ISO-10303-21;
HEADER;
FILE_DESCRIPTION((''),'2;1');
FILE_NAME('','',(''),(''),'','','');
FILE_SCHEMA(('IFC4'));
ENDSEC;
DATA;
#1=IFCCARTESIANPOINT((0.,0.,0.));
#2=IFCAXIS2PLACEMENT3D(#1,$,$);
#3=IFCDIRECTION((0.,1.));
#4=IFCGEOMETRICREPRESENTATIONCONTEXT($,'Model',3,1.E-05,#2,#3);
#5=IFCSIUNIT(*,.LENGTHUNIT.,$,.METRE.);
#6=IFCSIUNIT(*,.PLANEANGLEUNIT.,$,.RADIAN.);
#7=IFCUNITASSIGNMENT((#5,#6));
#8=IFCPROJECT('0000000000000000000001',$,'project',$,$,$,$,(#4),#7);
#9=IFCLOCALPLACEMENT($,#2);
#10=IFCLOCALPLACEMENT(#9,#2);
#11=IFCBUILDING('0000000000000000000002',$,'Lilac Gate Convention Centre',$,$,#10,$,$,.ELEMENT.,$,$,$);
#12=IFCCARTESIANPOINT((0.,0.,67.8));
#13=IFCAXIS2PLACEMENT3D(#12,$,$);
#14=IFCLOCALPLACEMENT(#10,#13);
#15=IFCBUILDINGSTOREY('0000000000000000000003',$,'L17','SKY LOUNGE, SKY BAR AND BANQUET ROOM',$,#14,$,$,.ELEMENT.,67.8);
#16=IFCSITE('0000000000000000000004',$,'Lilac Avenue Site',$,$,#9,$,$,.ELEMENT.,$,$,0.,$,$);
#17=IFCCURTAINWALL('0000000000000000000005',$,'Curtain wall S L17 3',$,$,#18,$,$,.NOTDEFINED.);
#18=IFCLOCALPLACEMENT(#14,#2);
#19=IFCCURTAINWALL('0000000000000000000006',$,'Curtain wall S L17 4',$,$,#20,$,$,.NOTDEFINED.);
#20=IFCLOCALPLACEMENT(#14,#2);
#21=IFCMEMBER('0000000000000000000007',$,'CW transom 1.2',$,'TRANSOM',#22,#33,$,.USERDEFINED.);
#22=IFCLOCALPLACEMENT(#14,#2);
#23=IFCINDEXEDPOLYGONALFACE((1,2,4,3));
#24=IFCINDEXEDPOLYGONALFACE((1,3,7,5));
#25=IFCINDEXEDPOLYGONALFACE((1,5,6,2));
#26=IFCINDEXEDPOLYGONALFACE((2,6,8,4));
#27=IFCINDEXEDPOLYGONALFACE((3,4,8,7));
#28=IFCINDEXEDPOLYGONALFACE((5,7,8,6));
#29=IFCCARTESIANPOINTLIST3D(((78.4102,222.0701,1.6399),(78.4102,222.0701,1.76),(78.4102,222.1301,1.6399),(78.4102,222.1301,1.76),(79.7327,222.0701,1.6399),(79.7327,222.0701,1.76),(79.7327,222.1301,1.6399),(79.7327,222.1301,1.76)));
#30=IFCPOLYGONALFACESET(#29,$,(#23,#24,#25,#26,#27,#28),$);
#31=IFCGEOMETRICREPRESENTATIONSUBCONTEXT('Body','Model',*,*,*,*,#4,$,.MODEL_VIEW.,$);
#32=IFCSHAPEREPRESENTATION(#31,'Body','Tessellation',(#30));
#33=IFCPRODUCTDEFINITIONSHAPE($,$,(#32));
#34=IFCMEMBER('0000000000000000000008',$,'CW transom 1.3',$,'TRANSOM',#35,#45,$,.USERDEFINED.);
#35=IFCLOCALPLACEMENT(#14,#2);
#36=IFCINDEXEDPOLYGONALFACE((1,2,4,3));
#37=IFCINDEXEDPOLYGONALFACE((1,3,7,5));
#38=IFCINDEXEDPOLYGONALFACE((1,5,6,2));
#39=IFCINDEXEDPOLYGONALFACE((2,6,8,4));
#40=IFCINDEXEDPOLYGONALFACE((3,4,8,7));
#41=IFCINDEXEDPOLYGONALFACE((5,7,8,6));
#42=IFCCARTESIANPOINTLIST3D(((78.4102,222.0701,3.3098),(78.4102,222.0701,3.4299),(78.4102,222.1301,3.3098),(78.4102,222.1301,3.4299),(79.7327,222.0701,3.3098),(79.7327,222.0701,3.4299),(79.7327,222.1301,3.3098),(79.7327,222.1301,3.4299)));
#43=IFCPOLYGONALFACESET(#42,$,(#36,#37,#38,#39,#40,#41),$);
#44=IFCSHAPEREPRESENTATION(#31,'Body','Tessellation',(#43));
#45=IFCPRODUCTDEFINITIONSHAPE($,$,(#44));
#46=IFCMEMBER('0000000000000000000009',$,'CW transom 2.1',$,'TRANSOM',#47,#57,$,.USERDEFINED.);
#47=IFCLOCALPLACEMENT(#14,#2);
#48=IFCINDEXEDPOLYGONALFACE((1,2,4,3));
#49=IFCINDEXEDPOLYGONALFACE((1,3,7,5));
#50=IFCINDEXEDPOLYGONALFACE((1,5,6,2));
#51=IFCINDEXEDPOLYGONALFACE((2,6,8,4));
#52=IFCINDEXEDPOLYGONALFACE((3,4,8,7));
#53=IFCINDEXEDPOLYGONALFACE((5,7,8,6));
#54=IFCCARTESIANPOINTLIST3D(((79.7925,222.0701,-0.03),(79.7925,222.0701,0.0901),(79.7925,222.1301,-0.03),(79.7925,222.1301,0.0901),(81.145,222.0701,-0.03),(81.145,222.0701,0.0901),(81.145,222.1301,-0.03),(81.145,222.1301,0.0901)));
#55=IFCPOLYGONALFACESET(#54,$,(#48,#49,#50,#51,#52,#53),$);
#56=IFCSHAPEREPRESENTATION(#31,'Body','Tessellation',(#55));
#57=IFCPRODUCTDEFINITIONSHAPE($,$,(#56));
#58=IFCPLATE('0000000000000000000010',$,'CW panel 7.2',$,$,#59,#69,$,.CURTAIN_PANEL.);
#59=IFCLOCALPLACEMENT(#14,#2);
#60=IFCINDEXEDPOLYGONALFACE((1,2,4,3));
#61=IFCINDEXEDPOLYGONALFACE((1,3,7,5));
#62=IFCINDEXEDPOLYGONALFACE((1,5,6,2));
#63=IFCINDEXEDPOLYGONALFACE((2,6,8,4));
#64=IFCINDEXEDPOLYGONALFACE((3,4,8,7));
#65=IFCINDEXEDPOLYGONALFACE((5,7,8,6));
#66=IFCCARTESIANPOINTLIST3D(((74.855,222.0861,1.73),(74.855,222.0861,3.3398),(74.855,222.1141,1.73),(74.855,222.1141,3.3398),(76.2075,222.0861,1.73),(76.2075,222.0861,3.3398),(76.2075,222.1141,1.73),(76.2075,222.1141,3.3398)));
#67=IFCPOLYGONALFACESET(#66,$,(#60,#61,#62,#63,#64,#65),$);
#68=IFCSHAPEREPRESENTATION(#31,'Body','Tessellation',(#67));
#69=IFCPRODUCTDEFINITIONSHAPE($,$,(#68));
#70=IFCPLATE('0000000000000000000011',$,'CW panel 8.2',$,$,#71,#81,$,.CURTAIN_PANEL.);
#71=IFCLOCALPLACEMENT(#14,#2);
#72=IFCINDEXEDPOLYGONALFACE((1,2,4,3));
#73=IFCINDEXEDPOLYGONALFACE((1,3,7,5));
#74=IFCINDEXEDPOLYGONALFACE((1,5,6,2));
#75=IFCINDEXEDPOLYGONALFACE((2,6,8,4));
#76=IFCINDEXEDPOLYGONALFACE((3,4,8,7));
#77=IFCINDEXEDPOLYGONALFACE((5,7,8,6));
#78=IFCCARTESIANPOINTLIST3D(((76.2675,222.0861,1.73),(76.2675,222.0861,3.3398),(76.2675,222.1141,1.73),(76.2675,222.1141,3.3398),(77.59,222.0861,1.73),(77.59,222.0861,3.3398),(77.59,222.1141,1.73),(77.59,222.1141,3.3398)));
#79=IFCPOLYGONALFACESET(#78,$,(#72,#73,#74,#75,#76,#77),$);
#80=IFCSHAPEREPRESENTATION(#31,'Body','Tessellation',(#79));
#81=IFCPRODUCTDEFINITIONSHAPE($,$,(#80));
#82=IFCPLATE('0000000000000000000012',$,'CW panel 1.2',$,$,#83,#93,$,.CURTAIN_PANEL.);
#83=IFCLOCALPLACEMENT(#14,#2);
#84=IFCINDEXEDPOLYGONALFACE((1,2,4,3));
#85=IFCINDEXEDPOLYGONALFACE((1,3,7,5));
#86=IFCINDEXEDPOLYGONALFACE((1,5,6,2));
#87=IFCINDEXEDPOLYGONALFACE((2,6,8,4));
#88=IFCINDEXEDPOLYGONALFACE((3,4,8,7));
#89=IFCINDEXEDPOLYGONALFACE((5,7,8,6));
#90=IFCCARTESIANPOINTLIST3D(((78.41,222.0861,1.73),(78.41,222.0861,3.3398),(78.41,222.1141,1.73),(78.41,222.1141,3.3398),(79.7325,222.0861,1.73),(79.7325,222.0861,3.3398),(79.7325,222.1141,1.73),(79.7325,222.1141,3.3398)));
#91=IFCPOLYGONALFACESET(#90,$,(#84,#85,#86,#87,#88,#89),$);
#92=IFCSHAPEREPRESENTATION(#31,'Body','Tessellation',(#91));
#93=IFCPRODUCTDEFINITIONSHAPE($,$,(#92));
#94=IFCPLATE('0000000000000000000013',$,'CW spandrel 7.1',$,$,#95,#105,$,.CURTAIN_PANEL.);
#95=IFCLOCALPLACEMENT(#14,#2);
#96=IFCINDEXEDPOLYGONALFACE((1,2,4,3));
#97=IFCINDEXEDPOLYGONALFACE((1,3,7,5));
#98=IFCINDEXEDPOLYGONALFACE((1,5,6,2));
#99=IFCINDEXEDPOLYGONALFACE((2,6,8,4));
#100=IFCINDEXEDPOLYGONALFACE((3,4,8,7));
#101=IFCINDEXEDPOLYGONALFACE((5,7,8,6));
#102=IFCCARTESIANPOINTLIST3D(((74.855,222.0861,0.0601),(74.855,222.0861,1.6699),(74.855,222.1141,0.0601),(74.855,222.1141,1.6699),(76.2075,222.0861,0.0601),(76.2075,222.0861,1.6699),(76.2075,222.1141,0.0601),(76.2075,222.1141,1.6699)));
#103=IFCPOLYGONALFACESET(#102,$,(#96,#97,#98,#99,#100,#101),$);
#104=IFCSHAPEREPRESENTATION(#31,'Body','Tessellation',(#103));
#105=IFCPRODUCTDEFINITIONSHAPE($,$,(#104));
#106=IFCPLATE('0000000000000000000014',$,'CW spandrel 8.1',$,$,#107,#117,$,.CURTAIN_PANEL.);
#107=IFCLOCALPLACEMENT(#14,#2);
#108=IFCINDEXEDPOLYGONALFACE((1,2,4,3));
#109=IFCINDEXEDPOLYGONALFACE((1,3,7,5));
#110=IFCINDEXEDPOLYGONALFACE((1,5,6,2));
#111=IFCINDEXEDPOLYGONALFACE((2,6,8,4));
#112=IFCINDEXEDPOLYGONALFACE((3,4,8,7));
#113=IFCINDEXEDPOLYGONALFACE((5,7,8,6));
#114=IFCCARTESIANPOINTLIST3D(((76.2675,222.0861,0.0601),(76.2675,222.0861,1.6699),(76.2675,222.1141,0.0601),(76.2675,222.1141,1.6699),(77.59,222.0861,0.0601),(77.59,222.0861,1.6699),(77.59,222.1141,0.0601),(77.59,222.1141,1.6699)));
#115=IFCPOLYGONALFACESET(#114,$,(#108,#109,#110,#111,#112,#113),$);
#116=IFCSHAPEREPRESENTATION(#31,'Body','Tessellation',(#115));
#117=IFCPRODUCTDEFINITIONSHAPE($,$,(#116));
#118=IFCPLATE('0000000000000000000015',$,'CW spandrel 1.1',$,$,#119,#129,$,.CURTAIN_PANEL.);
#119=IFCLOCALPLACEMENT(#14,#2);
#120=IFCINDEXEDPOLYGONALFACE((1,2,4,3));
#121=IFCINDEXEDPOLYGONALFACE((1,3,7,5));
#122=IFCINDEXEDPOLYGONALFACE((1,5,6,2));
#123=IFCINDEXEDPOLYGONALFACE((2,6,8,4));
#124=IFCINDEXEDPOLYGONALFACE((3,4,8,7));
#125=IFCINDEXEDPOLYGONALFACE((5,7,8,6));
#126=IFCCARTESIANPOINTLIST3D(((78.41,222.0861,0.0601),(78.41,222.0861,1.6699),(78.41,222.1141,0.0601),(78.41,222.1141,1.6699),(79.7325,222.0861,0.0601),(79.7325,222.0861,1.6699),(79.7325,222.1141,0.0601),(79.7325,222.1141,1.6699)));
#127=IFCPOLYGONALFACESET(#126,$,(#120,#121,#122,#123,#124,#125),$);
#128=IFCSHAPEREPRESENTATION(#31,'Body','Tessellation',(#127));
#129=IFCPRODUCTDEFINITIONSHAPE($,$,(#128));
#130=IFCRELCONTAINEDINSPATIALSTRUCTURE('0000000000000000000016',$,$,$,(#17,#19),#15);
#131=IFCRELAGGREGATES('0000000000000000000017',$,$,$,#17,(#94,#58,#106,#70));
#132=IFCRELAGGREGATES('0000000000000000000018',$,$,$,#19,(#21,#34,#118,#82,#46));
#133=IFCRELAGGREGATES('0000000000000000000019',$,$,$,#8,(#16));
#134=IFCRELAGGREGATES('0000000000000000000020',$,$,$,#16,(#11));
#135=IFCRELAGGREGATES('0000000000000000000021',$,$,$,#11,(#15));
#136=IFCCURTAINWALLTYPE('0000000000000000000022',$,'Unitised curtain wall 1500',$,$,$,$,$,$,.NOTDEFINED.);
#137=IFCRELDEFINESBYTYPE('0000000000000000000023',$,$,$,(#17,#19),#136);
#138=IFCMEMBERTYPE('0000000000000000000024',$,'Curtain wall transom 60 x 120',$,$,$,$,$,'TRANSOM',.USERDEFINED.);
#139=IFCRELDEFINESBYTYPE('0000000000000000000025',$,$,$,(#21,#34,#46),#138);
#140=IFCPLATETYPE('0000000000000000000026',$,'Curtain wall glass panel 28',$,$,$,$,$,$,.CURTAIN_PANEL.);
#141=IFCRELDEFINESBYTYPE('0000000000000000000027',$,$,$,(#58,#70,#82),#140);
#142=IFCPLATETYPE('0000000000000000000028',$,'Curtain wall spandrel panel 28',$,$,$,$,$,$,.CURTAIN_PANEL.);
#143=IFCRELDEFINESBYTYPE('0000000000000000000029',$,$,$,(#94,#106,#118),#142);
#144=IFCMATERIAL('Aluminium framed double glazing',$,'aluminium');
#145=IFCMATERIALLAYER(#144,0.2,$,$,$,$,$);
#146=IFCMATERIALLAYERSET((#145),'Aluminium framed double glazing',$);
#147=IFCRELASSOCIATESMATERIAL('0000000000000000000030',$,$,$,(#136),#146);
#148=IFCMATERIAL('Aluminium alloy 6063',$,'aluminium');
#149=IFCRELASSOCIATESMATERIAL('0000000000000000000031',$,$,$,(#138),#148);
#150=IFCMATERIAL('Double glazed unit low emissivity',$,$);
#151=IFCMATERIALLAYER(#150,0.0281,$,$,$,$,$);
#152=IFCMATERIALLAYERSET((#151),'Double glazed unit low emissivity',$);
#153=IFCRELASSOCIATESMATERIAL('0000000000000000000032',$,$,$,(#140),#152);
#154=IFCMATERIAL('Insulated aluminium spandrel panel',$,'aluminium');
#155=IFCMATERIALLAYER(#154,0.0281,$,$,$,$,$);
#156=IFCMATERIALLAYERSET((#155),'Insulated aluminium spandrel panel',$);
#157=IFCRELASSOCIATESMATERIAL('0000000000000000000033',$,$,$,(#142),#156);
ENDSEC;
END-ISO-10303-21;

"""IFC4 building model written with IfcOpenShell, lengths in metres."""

from ifc_helpers import new_model, si_unit, direction, frame, origin, origin_2d, place, context, subcontext, project, spatial, rectangle, extrude, material, layer, layer_set, material_profile, profile_set, type_object, element, aggregate, save


model = new_model("IFC4")

# Units and contexts
model_context = context("Model", 3, precision=1e-05, world=origin(), true_north=direction((0.0, 1.0)))
body_context = subcontext(model_context, "Body", "Model", "MODEL_VIEW")
ifc_project = project(units=[si_unit("LENGTHUNIT", "METRE"), si_unit("PLANEANGLEUNIT", "RADIAN")], contexts=[model_context])

# Site, building, storey
site_placement = place(None, origin())
site = spatial("IfcSite", under=ifc_project, at=site_placement, Name="Lilac Avenue Site", CompositionType="ELEMENT", RefElevation=0.0)
building_placement = place(site_placement, origin())
building = spatial("IfcBuilding", under=site, at=building_placement, Name="Lilac Gate Convention Centre", CompositionType="ELEMENT")
storey_placement = place(building_placement, frame((0.0, 0.0, 67.8)))
storey = spatial("IfcBuildingStorey", under=building, at=storey_placement, Name="L17", Description="SKY LOUNGE, SKY BAR AND BANQUET ROOM", CompositionType="ELEMENT", Elevation=67.8)

# Curtain walls
ifc_material_1 = material(Name="Aluminium framed double glazing", Category="aluminium")
ifc_layer_1 = layer(ifc_material_1, 0.2)
ifc_layer_set_1 = layer_set([ifc_layer_1], Name="Aluminium framed double glazing")
curtain_wall_type = type_object("IfcCurtainWallType", Name="Unitised curtain wall 1500", PredefinedType="NOTDEFINED", material=ifc_layer_set_1)
curtain_wall_1_placement = place(storey_placement, origin())
curtain_wall_1 = element("IfcCurtainWall", 1, at=curtain_wall_1_placement, inside=storey, type_object=curtain_wall_type, Name="Curtain wall S L17 3", PredefinedType="NOTDEFINED")
ifc_material_2 = material(Name="Aluminium alloy 6063", Category="aluminium")
curtain_wall_2_placement = place(storey_placement, origin())
curtain_wall_2 = element("IfcCurtainWall", 2, at=curtain_wall_2_placement, inside=storey, type_object=curtain_wall_type, Name="Curtain wall S L17 4", PredefinedType="NOTDEFINED")

# Members
ifc_material_profile_1 = material_profile(ifc_material_2, rectangle(XDim=0.0601, YDim=0.1201, at=origin_2d()), Name="Curtain wall transom 60 x 120")
ifc_profile_set_1 = profile_set([ifc_material_profile_1], Name="Aluminium alloy 6063")
member_type_1 = type_object("IfcMemberType", Name="Curtain wall transom 60 x 120", ElementType="TRANSOM", PredefinedType="USERDEFINED", material=ifc_profile_set_1)
member_1_placement = place(storey_placement, frame((78.4102, 222.1001, 1.7), z_axis=(1.0, 0.0, 0.0), x_axis=(0.0, 1.0, 0.0)))
member_1 = element("IfcMember", 3, at=member_1_placement, type_object=member_type_1, Name="CW transom 1.2", ObjectType="TRANSOM", PredefinedType="USERDEFINED", context=body_context, shape_type="SweptSolid", body=[
    extrude(rectangle(XDim=0.0601, YDim=0.1201, at=origin_2d()), origin(), (0.0, 0.0, 1.0), 1.3225),
])
member_2_placement = place(storey_placement, frame((78.4102, 222.1001, 3.3699), z_axis=(1.0, 0.0, 0.0), x_axis=(0.0, 1.0, 0.0)))
member_2 = element("IfcMember", 4, at=member_2_placement, type_object=member_type_1, Name="CW transom 1.3", ObjectType="TRANSOM", PredefinedType="USERDEFINED", context=body_context, shape_type="SweptSolid", body=[
    extrude(rectangle(XDim=0.0601, YDim=0.1201, at=origin_2d()), origin(), (0.0, 0.0, 1.0), 1.3225),
])
member_3_placement = place(storey_placement, frame((79.7925, 222.1001, 0.03), z_axis=(1.0, 0.0, 0.0), x_axis=(0.0, 1.0, 0.0)))
member_3 = element("IfcMember", 5, at=member_3_placement, type_object=member_type_1, Name="CW transom 2.1", ObjectType="TRANSOM", PredefinedType="USERDEFINED", context=body_context, shape_type="SweptSolid", body=[
    extrude(rectangle(XDim=0.0601, YDim=0.1201, at=origin_2d()), origin(), (0.0, 0.0, 1.0), 1.3525),
])

# Plates
ifc_material_3 = material(Name="Double glazed unit low emissivity")
ifc_layer_2 = layer(ifc_material_3, 0.0281)
ifc_layer_set_2 = layer_set([ifc_layer_2], Name="Double glazed unit low emissivity")
plate_type_1 = type_object("IfcPlateType", Name="Curtain wall glass panel 28", PredefinedType="CURTAIN_PANEL", material=ifc_layer_set_2)
plate_1_placement = place(storey_placement, frame((75.5312, 222.1001, 1.73), z_axis=(0.0, 0.0, 1.0), x_axis=(1.0, 0.0, 0.0)))
plate_1 = element("IfcPlate", 6, at=plate_1_placement, type_object=plate_type_1, Name="CW panel 7.2", PredefinedType="CURTAIN_PANEL", context=body_context, shape_type="SweptSolid", body=[
    extrude(rectangle(XDim=1.3525, YDim=0.0281, at=origin_2d()), origin(), (0.0, 0.0, 1.0), 1.6099),
])
plate_2_placement = place(storey_placement, frame((76.9287, 222.1001, 1.73), z_axis=(0.0, 0.0, 1.0), x_axis=(1.0, 0.0, 0.0)))
plate_2 = element("IfcPlate", 7, at=plate_2_placement, type_object=plate_type_1, Name="CW panel 8.2", PredefinedType="CURTAIN_PANEL", context=body_context, shape_type="SweptSolid", body=[
    extrude(rectangle(XDim=1.3225, YDim=0.0281, at=origin_2d()), origin(), (0.0, 0.0, 1.0), 1.6099),
])
plate_3_placement = place(storey_placement, frame((79.0713, 222.1001, 1.73), z_axis=(0.0, 0.0, 1.0), x_axis=(1.0, 0.0, 0.0)))
plate_3 = element("IfcPlate", 8, at=plate_3_placement, type_object=plate_type_1, Name="CW panel 1.2", PredefinedType="CURTAIN_PANEL", context=body_context, shape_type="SweptSolid", body=[
    extrude(rectangle(XDim=1.3225, YDim=0.0281, at=origin_2d()), origin(), (0.0, 0.0, 1.0), 1.6099),
])
ifc_material_4 = material(Name="Insulated aluminium spandrel panel", Category="aluminium")
ifc_layer_3 = layer(ifc_material_4, 0.0281)
ifc_layer_set_3 = layer_set([ifc_layer_3], Name="Insulated aluminium spandrel panel")
plate_type_2 = type_object("IfcPlateType", Name="Curtain wall spandrel panel 28", PredefinedType="CURTAIN_PANEL", material=ifc_layer_set_3)
plate_4_placement = place(storey_placement, frame((75.5312, 222.1001, 0.0601), z_axis=(0.0, 0.0, 1.0), x_axis=(1.0, 0.0, 0.0)))
plate_4 = element("IfcPlate", 9, at=plate_4_placement, type_object=plate_type_2, Name="CW spandrel 7.1", PredefinedType="CURTAIN_PANEL", context=body_context, shape_type="SweptSolid", body=[
    extrude(rectangle(XDim=1.3525, YDim=0.0281, at=origin_2d()), origin(), (0.0, 0.0, 1.0), 1.6099),
])
plate_5_placement = place(storey_placement, frame((76.9287, 222.1001, 0.0601), z_axis=(0.0, 0.0, 1.0), x_axis=(1.0, 0.0, 0.0)))
plate_5 = element("IfcPlate", 10, at=plate_5_placement, type_object=plate_type_2, Name="CW spandrel 8.1", PredefinedType="CURTAIN_PANEL", context=body_context, shape_type="SweptSolid", body=[
    extrude(rectangle(XDim=1.3225, YDim=0.0281, at=origin_2d()), origin(), (0.0, 0.0, 1.0), 1.6099),
])
aggregate(curtain_wall_1, [plate_4, plate_1, plate_5, plate_2])
plate_6_placement = place(storey_placement, frame((79.0713, 222.1001, 0.0601), z_axis=(0.0, 0.0, 1.0), x_axis=(1.0, 0.0, 0.0)))
plate_6 = element("IfcPlate", 11, at=plate_6_placement, type_object=plate_type_2, Name="CW spandrel 1.1", PredefinedType="CURTAIN_PANEL", context=body_context, shape_type="SweptSolid", body=[
    extrude(rectangle(XDim=1.3225, YDim=0.0281, at=origin_2d()), origin(), (0.0, 0.0, 1.0), 1.6099),
])
aggregate(curtain_wall_2, [member_1, member_2, plate_6, plate_3, member_3])

save(model, "model.ifc")
